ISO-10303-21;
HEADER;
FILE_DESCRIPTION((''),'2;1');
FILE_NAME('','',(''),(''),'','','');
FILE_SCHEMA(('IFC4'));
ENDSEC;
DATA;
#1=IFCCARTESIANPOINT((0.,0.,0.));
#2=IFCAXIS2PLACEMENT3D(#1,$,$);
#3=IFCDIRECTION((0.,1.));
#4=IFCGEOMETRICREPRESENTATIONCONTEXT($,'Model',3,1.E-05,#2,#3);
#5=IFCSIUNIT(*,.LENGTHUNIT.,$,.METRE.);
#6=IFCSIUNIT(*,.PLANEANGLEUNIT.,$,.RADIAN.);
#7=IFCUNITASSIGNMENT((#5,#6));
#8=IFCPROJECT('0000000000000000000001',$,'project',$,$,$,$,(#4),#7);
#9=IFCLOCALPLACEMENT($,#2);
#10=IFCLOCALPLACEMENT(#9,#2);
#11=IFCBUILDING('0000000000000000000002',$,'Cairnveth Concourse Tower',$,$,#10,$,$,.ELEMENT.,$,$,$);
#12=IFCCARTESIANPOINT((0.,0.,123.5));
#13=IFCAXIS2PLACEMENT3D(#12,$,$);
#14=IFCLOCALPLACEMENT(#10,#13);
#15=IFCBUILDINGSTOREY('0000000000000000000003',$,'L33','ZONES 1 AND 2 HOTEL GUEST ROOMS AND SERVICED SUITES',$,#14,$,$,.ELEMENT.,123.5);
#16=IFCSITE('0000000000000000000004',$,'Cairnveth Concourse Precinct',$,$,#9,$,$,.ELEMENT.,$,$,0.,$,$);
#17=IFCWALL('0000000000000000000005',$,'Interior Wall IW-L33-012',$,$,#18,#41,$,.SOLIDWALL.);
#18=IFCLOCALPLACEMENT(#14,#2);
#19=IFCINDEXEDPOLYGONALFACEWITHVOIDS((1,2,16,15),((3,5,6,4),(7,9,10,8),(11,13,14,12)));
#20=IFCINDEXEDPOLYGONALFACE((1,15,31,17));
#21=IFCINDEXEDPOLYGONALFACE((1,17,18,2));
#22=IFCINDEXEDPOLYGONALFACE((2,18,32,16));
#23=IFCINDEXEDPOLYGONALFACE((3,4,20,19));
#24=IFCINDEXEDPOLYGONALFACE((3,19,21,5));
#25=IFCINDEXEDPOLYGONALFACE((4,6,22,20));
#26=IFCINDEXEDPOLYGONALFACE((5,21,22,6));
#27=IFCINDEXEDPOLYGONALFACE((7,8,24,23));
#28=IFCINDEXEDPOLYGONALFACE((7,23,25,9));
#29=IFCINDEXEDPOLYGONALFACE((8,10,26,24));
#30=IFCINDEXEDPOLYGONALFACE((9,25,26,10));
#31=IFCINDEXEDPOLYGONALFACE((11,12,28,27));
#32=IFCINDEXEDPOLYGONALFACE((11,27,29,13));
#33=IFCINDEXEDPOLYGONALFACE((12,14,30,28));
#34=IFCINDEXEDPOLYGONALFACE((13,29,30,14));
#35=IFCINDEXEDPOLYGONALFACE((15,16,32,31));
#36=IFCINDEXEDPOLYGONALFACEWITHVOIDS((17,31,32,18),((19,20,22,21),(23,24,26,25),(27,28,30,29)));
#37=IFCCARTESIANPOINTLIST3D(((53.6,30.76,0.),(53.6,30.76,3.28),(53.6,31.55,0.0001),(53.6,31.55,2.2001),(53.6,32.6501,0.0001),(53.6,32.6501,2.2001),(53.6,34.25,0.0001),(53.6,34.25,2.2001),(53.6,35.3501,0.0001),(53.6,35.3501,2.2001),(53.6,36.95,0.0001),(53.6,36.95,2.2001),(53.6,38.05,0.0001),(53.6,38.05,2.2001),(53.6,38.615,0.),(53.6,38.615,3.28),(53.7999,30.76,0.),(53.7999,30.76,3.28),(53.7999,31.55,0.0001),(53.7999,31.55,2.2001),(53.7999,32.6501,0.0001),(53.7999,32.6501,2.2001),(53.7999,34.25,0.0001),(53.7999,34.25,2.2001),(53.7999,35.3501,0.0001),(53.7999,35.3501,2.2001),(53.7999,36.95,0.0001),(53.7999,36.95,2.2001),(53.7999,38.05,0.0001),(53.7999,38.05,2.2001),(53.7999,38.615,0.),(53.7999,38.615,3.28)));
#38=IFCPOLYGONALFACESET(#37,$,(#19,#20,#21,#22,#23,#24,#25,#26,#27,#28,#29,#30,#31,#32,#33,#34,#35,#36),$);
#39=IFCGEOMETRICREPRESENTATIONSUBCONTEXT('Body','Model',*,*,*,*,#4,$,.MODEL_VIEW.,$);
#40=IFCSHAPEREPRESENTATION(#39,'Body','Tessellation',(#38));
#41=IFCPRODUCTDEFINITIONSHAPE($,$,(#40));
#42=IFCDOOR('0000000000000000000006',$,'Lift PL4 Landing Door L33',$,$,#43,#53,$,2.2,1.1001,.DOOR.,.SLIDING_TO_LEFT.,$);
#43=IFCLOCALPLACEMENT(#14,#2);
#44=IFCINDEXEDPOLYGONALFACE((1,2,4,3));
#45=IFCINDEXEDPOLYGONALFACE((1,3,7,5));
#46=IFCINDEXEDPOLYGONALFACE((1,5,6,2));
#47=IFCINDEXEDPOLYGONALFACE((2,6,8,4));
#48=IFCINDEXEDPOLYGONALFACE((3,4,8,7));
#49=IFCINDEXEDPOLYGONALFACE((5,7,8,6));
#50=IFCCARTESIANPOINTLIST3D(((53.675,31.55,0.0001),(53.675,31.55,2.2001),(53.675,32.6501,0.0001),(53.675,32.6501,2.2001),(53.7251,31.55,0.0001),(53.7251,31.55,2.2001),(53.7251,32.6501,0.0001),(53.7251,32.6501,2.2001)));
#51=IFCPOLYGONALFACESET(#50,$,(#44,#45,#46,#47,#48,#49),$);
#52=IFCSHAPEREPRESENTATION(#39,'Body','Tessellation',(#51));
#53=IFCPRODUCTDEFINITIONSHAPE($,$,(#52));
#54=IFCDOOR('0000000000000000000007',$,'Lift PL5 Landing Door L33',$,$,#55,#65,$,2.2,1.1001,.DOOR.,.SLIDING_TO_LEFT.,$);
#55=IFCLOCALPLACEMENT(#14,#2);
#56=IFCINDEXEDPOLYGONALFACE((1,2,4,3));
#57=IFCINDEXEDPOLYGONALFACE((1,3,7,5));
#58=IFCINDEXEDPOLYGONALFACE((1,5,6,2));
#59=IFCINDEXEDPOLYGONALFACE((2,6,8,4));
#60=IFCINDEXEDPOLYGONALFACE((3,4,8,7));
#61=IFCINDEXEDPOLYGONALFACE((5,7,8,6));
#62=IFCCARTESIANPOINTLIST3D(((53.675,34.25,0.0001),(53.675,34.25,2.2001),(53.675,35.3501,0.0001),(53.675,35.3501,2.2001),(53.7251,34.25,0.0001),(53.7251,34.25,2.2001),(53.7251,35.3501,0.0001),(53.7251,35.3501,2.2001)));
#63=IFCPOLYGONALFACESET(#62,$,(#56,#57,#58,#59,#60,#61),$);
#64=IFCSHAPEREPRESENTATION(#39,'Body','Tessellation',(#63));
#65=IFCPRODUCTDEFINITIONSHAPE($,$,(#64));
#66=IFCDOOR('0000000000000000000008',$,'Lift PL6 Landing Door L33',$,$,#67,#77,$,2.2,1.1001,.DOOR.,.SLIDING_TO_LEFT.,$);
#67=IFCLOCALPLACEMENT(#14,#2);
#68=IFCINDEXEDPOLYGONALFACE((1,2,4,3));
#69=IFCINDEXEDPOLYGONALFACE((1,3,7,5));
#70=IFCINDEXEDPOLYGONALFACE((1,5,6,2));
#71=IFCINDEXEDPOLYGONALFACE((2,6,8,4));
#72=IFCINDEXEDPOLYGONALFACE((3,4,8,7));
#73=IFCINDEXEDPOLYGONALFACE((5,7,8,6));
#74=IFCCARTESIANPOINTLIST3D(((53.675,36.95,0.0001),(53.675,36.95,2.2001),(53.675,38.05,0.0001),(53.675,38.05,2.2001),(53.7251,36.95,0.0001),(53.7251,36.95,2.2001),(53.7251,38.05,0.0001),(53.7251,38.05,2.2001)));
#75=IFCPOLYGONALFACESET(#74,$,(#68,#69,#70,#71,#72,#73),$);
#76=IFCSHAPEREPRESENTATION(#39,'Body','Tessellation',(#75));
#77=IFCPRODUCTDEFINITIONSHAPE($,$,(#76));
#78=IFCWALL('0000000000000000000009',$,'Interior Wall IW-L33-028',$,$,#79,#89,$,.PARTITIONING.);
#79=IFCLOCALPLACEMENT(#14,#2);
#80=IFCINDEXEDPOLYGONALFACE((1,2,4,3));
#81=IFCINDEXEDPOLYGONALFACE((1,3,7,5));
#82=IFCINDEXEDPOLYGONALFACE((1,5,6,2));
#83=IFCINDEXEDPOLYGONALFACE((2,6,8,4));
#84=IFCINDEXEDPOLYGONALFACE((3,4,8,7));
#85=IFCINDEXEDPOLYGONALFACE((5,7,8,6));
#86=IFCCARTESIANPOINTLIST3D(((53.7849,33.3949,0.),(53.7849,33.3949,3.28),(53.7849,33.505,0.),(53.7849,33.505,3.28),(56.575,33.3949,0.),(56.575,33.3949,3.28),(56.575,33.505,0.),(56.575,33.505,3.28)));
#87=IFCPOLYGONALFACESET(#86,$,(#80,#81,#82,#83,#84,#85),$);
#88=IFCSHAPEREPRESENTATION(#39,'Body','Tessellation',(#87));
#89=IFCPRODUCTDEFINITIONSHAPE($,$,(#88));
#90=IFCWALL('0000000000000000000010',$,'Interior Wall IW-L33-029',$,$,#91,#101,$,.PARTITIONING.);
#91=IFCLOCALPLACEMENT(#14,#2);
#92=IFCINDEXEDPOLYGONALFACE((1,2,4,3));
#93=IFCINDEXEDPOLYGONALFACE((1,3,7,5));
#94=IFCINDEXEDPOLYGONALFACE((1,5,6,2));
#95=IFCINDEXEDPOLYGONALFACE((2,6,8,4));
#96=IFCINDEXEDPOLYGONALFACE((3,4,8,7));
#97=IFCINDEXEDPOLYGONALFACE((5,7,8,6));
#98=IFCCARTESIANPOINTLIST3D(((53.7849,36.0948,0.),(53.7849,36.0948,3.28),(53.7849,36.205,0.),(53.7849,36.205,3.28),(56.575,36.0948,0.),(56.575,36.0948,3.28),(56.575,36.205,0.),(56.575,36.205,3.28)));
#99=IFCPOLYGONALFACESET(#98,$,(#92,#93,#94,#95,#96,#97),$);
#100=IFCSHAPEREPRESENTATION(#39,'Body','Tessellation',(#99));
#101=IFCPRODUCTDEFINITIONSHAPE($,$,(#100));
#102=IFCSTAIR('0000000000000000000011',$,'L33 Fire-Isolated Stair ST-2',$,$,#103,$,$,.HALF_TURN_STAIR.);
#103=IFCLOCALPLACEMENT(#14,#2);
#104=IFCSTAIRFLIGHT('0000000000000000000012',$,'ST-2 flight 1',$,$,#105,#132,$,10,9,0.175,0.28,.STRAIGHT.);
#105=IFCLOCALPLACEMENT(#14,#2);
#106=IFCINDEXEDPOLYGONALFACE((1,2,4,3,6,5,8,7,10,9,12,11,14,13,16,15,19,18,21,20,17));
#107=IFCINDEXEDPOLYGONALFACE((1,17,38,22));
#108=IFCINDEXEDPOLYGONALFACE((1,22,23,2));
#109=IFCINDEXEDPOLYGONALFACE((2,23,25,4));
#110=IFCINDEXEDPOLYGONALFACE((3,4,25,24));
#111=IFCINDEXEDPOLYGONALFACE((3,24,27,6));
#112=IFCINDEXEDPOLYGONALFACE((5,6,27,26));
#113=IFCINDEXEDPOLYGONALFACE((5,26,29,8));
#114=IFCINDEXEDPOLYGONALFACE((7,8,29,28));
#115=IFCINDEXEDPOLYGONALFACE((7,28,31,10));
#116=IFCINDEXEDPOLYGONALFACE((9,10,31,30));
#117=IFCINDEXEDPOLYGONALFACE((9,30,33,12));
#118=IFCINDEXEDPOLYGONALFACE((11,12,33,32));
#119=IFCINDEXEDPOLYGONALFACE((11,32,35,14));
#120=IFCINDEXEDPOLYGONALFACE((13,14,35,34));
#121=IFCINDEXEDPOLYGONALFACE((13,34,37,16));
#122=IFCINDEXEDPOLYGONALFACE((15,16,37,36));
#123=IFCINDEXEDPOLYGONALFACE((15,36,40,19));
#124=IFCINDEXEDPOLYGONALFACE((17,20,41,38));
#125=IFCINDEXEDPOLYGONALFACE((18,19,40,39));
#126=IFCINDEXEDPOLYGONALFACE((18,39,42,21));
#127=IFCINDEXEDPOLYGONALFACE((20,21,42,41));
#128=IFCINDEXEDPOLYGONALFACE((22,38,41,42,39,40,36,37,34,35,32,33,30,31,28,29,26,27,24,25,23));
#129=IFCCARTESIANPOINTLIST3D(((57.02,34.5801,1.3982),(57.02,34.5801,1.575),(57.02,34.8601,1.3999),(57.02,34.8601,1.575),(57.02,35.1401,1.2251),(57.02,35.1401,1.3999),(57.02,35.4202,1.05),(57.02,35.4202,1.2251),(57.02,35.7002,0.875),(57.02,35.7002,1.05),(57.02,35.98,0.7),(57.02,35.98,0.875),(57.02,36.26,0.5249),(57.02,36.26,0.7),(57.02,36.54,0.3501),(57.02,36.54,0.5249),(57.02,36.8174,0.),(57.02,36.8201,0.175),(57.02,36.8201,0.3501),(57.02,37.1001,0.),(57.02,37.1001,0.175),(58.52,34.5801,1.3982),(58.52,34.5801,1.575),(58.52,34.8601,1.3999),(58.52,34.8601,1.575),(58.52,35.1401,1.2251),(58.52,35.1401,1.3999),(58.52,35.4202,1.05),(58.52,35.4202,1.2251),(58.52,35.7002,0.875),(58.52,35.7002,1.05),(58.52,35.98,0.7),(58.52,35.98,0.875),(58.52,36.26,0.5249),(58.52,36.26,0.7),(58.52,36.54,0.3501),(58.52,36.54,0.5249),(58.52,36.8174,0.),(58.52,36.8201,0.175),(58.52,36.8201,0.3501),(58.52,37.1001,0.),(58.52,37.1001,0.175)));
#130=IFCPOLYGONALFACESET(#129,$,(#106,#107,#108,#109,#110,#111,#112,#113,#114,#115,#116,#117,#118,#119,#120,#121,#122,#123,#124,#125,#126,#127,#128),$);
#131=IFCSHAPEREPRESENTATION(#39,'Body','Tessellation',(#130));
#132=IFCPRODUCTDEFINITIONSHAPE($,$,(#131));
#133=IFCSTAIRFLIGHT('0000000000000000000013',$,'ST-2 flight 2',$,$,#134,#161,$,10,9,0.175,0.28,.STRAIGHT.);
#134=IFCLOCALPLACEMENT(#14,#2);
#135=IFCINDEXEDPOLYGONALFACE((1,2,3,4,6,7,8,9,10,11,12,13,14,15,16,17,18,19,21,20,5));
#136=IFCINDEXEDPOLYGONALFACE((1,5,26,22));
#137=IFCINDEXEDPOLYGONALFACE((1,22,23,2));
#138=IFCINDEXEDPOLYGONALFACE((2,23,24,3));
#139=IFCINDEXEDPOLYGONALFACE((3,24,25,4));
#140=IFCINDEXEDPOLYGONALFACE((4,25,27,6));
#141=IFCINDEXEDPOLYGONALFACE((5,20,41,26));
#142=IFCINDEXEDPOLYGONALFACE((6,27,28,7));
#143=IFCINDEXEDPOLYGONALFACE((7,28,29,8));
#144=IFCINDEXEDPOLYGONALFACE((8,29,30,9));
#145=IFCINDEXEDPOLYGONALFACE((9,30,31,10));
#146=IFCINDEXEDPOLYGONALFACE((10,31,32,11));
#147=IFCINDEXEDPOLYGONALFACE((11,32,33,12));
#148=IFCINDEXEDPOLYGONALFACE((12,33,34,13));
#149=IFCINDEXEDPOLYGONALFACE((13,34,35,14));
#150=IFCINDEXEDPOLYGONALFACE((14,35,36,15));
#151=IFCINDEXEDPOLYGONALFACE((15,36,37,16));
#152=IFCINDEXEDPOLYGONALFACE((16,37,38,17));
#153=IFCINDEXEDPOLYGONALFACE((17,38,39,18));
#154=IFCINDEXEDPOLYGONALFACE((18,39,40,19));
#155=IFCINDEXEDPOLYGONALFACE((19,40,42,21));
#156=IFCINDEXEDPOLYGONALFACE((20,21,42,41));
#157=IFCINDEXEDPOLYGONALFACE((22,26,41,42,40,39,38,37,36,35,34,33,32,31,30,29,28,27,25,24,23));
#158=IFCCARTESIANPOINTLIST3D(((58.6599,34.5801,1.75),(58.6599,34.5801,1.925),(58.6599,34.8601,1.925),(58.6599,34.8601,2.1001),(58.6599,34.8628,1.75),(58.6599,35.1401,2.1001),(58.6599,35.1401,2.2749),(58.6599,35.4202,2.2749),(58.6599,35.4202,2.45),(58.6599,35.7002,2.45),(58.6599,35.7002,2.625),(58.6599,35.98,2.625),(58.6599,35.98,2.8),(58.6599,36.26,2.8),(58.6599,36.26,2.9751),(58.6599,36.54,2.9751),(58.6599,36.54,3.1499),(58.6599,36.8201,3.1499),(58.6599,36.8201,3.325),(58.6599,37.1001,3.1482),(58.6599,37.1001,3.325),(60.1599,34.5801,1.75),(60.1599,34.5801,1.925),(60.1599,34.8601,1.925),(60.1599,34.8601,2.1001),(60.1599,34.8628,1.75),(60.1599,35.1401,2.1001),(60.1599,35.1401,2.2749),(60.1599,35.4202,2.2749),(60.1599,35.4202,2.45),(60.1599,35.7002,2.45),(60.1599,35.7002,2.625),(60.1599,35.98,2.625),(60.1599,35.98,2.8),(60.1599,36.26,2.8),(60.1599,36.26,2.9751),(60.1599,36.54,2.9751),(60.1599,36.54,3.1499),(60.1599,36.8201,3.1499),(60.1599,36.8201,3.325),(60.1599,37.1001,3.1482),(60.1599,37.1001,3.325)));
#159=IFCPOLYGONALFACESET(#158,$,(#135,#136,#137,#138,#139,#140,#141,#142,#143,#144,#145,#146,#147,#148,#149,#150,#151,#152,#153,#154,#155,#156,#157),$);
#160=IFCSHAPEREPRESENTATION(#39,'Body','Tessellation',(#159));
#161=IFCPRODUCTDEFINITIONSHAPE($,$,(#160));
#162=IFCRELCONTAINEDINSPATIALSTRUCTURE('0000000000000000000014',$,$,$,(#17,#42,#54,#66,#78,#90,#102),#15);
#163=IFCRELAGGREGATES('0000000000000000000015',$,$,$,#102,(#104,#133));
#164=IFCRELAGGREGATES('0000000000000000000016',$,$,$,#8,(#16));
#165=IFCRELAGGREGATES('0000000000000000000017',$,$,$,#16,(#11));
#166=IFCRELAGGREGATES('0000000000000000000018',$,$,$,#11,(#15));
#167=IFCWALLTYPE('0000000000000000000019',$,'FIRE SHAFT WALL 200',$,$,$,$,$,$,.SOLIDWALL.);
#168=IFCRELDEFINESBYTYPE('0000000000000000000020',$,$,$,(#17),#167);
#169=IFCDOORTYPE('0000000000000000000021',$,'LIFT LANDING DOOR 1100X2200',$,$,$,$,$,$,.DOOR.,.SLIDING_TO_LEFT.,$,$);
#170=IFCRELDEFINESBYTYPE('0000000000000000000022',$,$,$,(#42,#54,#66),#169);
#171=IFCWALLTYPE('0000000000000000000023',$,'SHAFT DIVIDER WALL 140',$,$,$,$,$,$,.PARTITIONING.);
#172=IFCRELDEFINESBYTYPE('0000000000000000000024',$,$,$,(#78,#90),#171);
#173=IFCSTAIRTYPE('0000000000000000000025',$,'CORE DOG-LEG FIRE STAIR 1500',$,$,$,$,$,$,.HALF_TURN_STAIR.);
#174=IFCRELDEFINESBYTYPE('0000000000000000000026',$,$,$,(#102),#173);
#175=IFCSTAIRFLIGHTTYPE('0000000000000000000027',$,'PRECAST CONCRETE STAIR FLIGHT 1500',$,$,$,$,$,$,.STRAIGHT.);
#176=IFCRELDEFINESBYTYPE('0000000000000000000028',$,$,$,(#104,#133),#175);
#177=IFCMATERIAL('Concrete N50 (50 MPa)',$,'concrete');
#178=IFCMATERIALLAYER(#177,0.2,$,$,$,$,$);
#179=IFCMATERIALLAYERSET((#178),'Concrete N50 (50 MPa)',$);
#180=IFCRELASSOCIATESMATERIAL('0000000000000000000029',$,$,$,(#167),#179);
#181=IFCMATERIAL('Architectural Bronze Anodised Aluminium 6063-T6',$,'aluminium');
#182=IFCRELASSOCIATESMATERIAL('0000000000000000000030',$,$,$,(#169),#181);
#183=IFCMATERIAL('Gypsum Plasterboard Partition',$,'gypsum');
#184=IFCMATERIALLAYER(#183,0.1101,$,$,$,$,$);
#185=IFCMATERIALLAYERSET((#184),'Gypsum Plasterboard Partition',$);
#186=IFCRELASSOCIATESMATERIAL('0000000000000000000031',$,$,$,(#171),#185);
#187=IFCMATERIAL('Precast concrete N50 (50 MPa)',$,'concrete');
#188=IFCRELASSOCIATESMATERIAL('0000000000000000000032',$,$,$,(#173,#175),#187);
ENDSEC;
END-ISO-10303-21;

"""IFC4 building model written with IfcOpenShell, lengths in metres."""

from ifc_helpers import new_model, si_unit, direction, frame, frame_2d, origin, place, context, subcontext, project, spatial, polyline, rectangle, outline, extrude, material, layer, layer_set, type_object, element, fill, aggregate, save


model = new_model("IFC4")

# Units and contexts
model_context = context("Model", 3, precision=1e-05, world=origin(), true_north=direction((0.0, 1.0)))
body_context = subcontext(model_context, "Body", "Model", "MODEL_VIEW")
ifc_project = project(units=[si_unit("LENGTHUNIT", "METRE"), si_unit("PLANEANGLEUNIT", "RADIAN")], contexts=[model_context])

# Site, building, storey
site_placement = place(None, origin())
site = spatial("IfcSite", under=ifc_project, at=site_placement, Name="Cairnveth Concourse Precinct", CompositionType="ELEMENT", RefElevation=0.0)
building_placement = place(site_placement, origin())
building = spatial("IfcBuilding", under=site, at=building_placement, Name="Cairnveth Concourse Tower", CompositionType="ELEMENT")
storey_placement = place(building_placement, frame((0.0, 0.0, 123.5)))
storey = spatial("IfcBuildingStorey", under=building, at=storey_placement, Name="L33", Description="ZONES 1 AND 2 HOTEL GUEST ROOMS AND SERVICED SUITES", CompositionType="ELEMENT", Elevation=123.5)

# Shared definitions
ifc_material_1 = material(Name="Gypsum Plasterboard Partition", Category="gypsum")

# Shared definitions
ifc_material_2 = material(Name="Concrete N50 (50 MPa)", Category="concrete")

# Shared definitions
ifc_layer_1 = layer(ifc_material_2, 0.2)
ifc_layer_set_1 = layer_set([ifc_layer_1], Name="Concrete N50 (50 MPa)")
wall_type_1 = type_object("IfcWallType", Name="FIRE SHAFT WALL 200", PredefinedType="SOLIDWALL", material=ifc_layer_set_1)

# Wall, openings, doors
wall_1_placement = place(storey_placement, frame((53.7, 30.76, 0.0), z_axis=(0.0, 0.0, 1.0), x_axis=(0.0, 1.0, 0.0)))
wall_1 = element("IfcWall", 1, at=wall_1_placement, inside=storey, type_object=wall_type_1, Name="Interior Wall IW-L33-012", PredefinedType="SOLIDWALL", context=body_context, shape_type="SweptSolid", body=[
    extrude(rectangle(XDim=7.855, YDim=0.2, at=frame_2d((3.9275, 0.0))), origin(), (0.0, 0.0, 1.0), 3.28),
])
opening_1_placement = place(wall_1_placement, frame((0.79, 0.0, 0.0)))
opening_1 = element("IfcOpeningElement", 2, at=opening_1_placement, cuts=wall_1, PredefinedType="OPENING", context=body_context, shape_type="SweptSolid", body=[
    extrude(rectangle(XDim=1.1001, YDim=2.2, at=frame_2d((0.55, 1.1001))), frame((0.0, 0.1099, 0.0), z_axis=(0.0, -1.0, 0.0), x_axis=(1.0, 0.0, 0.0)), (0.0, 0.0, 1.0), 0.22),
])
opening_2_placement = place(wall_1_placement, frame((3.49, 0.0, 0.0)))
opening_2 = element("IfcOpeningElement", 3, at=opening_2_placement, cuts=wall_1, PredefinedType="OPENING", context=body_context, shape_type="SweptSolid", body=[
    extrude(rectangle(XDim=1.1001, YDim=2.2, at=frame_2d((0.55, 1.1001))), frame((0.0, 0.1099, 0.0), z_axis=(0.0, -1.0, 0.0), x_axis=(1.0, 0.0, 0.0)), (0.0, 0.0, 1.0), 0.22),
])
opening_3_placement = place(wall_1_placement, frame((6.1899, 0.0, 0.0)))
opening_3 = element("IfcOpeningElement", 4, at=opening_3_placement, cuts=wall_1, PredefinedType="OPENING", context=body_context, shape_type="SweptSolid", body=[
    extrude(rectangle(XDim=1.1001, YDim=2.2, at=frame_2d((0.55, 1.1001))), frame((0.0, 0.1099, 0.0), z_axis=(0.0, -1.0, 0.0), x_axis=(1.0, 0.0, 0.0)), (0.0, 0.0, 1.0), 0.22),
])
ifc_material_3 = material(Name="Architectural Bronze Anodised Aluminium 6063-T6", Category="aluminium")
door_type_1 = type_object("IfcDoorType", Name="LIFT LANDING DOOR 1100X2200", OperationType="SLIDING_TO_LEFT", PredefinedType="DOOR", material=ifc_material_3)
door_1_placement = place(opening_1_placement, origin())
door_1 = element("IfcDoor", 5, at=door_1_placement, inside=storey, type_object=door_type_1, Name="Lift PL4 Landing Door L33", OperationType="SLIDING_TO_LEFT", OverallHeight=2.2, OverallWidth=1.1001, PredefinedType="DOOR", context=body_context, shape_type="SweptSolid", body=[
    extrude(rectangle(XDim=1.1001, YDim=2.2, at=frame_2d((0.55, 1.1001))), frame((0.0, 0.0249, 0.0), z_axis=(0.0, -1.0, 0.0), x_axis=(1.0, 0.0, 0.0)), (0.0, 0.0, 1.0), 0.05),
])
fill(opening_1, door_1)
door_2_placement = place(opening_2_placement, origin())
door_2 = element("IfcDoor", 6, at=door_2_placement, inside=storey, type_object=door_type_1, Name="Lift PL5 Landing Door L33", OperationType="SLIDING_TO_LEFT", OverallHeight=2.2, OverallWidth=1.1001, PredefinedType="DOOR", context=body_context, shape_type="SweptSolid", body=[
    extrude(rectangle(XDim=1.1001, YDim=2.2, at=frame_2d((0.55, 1.1001))), frame((0.0, 0.0249, 0.0), z_axis=(0.0, -1.0, 0.0), x_axis=(1.0, 0.0, 0.0)), (0.0, 0.0, 1.0), 0.05),
])
fill(opening_2, door_2)
door_3_placement = place(opening_3_placement, origin())
door_3 = element("IfcDoor", 7, at=door_3_placement, inside=storey, type_object=door_type_1, Name="Lift PL6 Landing Door L33", OperationType="SLIDING_TO_LEFT", OverallHeight=2.2, OverallWidth=1.1001, PredefinedType="DOOR", context=body_context, shape_type="SweptSolid", body=[
    extrude(rectangle(XDim=1.1001, YDim=2.2, at=frame_2d((0.55, 1.1001))), frame((0.0, 0.0249, 0.0), z_axis=(0.0, -1.0, 0.0), x_axis=(1.0, 0.0, 0.0)), (0.0, 0.0, 1.0), 0.05),
])
fill(opening_3, door_3)

# Walls
ifc_layer_2 = layer(ifc_material_1, 0.1101)
ifc_layer_set_2 = layer_set([ifc_layer_2], Name="Gypsum Plasterboard Partition")
wall_type_2 = type_object("IfcWallType", Name="SHAFT DIVIDER WALL 140", PredefinedType="PARTITIONING", material=ifc_layer_set_2)
for number, where, z_axis, x_axis, name in (
    (8, (53.7849, 33.45, 0.0), (0.0, 0.0, 1.0), (1.0, 0.0, 0.0), "Interior Wall IW-L33-028"),
    (9, (53.7849, 36.1499, 0.0), (0.0, 0.0, 1.0), (1.0, 0.0, 0.0), "Interior Wall IW-L33-029"),
):
    element("IfcWall", number, at=place(storey_placement, frame(where, z_axis=z_axis, x_axis=x_axis)), inside=storey, type_object=wall_type_2, Name=name, PredefinedType="PARTITIONING", context=body_context, shape_type="SweptSolid", body=[
        extrude(rectangle(XDim=2.79, YDim=0.1101, at=frame_2d((1.395, 0.0))), origin(), (0.0, 0.0, 1.0), 3.28),
    ])

# Stair, stair flights
ifc_material_4 = material(Name="Precast concrete N50 (50 MPa)", Category="concrete")
stair_type = type_object("IfcStairType", Name="CORE DOG-LEG FIRE STAIR 1500", PredefinedType="HALF_TURN_STAIR", material=ifc_material_4)
stair_placement = place(storey_placement, origin())
stair = element("IfcStair", 10, at=stair_placement, inside=storey, type_object=stair_type, Name="L33 Fire-Isolated Stair ST-2", PredefinedType="HALF_TURN_STAIR")
stair_flight_type = type_object("IfcStairFlightType", Name="PRECAST CONCRETE STAIR FLIGHT 1500", PredefinedType="STRAIGHT", material=ifc_material_4)
stair_flight_1_placement = place(storey_placement, frame((57.77, 37.1001, 0.0), z_axis=(0.0, 0.0, 1.0), x_axis=(0.0, -1.0, 0.0)))
stair_flight_1 = element("IfcStairFlight", 11, at=stair_flight_1_placement, type_object=stair_flight_type, Name="ST-2 flight 1", NumberOfRisers=10, NumberOfTreads=9, PredefinedType="STRAIGHT", RiserHeight=0.175, TreadLength=0.28, context=body_context, shape_type="SweptSolid", body=[
    extrude(outline(polyline([(0.0, 0.0), (0.0, 0.175), (0.28, 0.175), (0.28, 0.3501), (0.5601, 0.3501), (0.5601, 0.5249), (0.8401, 0.5249), (0.8401, 0.7), (1.1201, 0.7), (1.1201, 0.875), (1.3999, 0.875), (1.3999, 1.05), (1.6799, 1.05), (1.6799, 1.2251), (1.96, 1.2251), (1.96, 1.3999), (2.24, 1.3999), (2.24, 1.575), (2.52, 1.575), (2.52, 1.75), (2.52, 1.3982), (0.2827, 0.0), (0.0, 0.0)])), frame((0.0, 0.75, 0.0), z_axis=(0.0, -1.0, 0.0), x_axis=(1.0, 0.0, 0.0)), (0.0, 0.0, 1.0), 1.5),
])
stair_flight_2_placement = place(storey_placement, frame((59.4099, 34.5801, 1.75), z_axis=(0.0, 0.0, 1.0), x_axis=(0.0, 1.0, 0.0)))
stair_flight_2 = element("IfcStairFlight", 12, at=stair_flight_2_placement, type_object=stair_flight_type, Name="ST-2 flight 2", NumberOfRisers=10, NumberOfTreads=9, PredefinedType="STRAIGHT", RiserHeight=0.175, TreadLength=0.28, context=body_context, shape_type="SweptSolid", body=[
    extrude(outline(polyline([(0.0, 0.0), (0.0, 0.175), (0.28, 0.175), (0.28, 0.3501), (0.5601, 0.3501), (0.5601, 0.5249), (0.8401, 0.5249), (0.8401, 0.7), (1.1201, 0.7), (1.1201, 0.875), (1.3999, 0.875), (1.3999, 1.05), (1.6799, 1.05), (1.6799, 1.2251), (1.96, 1.2251), (1.96, 1.3999), (2.24, 1.3999), (2.24, 1.575), (2.52, 1.575), (2.52, 1.75), (2.52, 1.3982), (0.2827, 0.0), (0.0, 0.0)])), frame((0.0, 0.75, 0.0), z_axis=(0.0, -1.0, 0.0), x_axis=(1.0, 0.0, 0.0)), (0.0, 0.0, 1.0), 1.5),
])
aggregate(stair, [stair_flight_1, stair_flight_2])

save(model, "model.ifc")
